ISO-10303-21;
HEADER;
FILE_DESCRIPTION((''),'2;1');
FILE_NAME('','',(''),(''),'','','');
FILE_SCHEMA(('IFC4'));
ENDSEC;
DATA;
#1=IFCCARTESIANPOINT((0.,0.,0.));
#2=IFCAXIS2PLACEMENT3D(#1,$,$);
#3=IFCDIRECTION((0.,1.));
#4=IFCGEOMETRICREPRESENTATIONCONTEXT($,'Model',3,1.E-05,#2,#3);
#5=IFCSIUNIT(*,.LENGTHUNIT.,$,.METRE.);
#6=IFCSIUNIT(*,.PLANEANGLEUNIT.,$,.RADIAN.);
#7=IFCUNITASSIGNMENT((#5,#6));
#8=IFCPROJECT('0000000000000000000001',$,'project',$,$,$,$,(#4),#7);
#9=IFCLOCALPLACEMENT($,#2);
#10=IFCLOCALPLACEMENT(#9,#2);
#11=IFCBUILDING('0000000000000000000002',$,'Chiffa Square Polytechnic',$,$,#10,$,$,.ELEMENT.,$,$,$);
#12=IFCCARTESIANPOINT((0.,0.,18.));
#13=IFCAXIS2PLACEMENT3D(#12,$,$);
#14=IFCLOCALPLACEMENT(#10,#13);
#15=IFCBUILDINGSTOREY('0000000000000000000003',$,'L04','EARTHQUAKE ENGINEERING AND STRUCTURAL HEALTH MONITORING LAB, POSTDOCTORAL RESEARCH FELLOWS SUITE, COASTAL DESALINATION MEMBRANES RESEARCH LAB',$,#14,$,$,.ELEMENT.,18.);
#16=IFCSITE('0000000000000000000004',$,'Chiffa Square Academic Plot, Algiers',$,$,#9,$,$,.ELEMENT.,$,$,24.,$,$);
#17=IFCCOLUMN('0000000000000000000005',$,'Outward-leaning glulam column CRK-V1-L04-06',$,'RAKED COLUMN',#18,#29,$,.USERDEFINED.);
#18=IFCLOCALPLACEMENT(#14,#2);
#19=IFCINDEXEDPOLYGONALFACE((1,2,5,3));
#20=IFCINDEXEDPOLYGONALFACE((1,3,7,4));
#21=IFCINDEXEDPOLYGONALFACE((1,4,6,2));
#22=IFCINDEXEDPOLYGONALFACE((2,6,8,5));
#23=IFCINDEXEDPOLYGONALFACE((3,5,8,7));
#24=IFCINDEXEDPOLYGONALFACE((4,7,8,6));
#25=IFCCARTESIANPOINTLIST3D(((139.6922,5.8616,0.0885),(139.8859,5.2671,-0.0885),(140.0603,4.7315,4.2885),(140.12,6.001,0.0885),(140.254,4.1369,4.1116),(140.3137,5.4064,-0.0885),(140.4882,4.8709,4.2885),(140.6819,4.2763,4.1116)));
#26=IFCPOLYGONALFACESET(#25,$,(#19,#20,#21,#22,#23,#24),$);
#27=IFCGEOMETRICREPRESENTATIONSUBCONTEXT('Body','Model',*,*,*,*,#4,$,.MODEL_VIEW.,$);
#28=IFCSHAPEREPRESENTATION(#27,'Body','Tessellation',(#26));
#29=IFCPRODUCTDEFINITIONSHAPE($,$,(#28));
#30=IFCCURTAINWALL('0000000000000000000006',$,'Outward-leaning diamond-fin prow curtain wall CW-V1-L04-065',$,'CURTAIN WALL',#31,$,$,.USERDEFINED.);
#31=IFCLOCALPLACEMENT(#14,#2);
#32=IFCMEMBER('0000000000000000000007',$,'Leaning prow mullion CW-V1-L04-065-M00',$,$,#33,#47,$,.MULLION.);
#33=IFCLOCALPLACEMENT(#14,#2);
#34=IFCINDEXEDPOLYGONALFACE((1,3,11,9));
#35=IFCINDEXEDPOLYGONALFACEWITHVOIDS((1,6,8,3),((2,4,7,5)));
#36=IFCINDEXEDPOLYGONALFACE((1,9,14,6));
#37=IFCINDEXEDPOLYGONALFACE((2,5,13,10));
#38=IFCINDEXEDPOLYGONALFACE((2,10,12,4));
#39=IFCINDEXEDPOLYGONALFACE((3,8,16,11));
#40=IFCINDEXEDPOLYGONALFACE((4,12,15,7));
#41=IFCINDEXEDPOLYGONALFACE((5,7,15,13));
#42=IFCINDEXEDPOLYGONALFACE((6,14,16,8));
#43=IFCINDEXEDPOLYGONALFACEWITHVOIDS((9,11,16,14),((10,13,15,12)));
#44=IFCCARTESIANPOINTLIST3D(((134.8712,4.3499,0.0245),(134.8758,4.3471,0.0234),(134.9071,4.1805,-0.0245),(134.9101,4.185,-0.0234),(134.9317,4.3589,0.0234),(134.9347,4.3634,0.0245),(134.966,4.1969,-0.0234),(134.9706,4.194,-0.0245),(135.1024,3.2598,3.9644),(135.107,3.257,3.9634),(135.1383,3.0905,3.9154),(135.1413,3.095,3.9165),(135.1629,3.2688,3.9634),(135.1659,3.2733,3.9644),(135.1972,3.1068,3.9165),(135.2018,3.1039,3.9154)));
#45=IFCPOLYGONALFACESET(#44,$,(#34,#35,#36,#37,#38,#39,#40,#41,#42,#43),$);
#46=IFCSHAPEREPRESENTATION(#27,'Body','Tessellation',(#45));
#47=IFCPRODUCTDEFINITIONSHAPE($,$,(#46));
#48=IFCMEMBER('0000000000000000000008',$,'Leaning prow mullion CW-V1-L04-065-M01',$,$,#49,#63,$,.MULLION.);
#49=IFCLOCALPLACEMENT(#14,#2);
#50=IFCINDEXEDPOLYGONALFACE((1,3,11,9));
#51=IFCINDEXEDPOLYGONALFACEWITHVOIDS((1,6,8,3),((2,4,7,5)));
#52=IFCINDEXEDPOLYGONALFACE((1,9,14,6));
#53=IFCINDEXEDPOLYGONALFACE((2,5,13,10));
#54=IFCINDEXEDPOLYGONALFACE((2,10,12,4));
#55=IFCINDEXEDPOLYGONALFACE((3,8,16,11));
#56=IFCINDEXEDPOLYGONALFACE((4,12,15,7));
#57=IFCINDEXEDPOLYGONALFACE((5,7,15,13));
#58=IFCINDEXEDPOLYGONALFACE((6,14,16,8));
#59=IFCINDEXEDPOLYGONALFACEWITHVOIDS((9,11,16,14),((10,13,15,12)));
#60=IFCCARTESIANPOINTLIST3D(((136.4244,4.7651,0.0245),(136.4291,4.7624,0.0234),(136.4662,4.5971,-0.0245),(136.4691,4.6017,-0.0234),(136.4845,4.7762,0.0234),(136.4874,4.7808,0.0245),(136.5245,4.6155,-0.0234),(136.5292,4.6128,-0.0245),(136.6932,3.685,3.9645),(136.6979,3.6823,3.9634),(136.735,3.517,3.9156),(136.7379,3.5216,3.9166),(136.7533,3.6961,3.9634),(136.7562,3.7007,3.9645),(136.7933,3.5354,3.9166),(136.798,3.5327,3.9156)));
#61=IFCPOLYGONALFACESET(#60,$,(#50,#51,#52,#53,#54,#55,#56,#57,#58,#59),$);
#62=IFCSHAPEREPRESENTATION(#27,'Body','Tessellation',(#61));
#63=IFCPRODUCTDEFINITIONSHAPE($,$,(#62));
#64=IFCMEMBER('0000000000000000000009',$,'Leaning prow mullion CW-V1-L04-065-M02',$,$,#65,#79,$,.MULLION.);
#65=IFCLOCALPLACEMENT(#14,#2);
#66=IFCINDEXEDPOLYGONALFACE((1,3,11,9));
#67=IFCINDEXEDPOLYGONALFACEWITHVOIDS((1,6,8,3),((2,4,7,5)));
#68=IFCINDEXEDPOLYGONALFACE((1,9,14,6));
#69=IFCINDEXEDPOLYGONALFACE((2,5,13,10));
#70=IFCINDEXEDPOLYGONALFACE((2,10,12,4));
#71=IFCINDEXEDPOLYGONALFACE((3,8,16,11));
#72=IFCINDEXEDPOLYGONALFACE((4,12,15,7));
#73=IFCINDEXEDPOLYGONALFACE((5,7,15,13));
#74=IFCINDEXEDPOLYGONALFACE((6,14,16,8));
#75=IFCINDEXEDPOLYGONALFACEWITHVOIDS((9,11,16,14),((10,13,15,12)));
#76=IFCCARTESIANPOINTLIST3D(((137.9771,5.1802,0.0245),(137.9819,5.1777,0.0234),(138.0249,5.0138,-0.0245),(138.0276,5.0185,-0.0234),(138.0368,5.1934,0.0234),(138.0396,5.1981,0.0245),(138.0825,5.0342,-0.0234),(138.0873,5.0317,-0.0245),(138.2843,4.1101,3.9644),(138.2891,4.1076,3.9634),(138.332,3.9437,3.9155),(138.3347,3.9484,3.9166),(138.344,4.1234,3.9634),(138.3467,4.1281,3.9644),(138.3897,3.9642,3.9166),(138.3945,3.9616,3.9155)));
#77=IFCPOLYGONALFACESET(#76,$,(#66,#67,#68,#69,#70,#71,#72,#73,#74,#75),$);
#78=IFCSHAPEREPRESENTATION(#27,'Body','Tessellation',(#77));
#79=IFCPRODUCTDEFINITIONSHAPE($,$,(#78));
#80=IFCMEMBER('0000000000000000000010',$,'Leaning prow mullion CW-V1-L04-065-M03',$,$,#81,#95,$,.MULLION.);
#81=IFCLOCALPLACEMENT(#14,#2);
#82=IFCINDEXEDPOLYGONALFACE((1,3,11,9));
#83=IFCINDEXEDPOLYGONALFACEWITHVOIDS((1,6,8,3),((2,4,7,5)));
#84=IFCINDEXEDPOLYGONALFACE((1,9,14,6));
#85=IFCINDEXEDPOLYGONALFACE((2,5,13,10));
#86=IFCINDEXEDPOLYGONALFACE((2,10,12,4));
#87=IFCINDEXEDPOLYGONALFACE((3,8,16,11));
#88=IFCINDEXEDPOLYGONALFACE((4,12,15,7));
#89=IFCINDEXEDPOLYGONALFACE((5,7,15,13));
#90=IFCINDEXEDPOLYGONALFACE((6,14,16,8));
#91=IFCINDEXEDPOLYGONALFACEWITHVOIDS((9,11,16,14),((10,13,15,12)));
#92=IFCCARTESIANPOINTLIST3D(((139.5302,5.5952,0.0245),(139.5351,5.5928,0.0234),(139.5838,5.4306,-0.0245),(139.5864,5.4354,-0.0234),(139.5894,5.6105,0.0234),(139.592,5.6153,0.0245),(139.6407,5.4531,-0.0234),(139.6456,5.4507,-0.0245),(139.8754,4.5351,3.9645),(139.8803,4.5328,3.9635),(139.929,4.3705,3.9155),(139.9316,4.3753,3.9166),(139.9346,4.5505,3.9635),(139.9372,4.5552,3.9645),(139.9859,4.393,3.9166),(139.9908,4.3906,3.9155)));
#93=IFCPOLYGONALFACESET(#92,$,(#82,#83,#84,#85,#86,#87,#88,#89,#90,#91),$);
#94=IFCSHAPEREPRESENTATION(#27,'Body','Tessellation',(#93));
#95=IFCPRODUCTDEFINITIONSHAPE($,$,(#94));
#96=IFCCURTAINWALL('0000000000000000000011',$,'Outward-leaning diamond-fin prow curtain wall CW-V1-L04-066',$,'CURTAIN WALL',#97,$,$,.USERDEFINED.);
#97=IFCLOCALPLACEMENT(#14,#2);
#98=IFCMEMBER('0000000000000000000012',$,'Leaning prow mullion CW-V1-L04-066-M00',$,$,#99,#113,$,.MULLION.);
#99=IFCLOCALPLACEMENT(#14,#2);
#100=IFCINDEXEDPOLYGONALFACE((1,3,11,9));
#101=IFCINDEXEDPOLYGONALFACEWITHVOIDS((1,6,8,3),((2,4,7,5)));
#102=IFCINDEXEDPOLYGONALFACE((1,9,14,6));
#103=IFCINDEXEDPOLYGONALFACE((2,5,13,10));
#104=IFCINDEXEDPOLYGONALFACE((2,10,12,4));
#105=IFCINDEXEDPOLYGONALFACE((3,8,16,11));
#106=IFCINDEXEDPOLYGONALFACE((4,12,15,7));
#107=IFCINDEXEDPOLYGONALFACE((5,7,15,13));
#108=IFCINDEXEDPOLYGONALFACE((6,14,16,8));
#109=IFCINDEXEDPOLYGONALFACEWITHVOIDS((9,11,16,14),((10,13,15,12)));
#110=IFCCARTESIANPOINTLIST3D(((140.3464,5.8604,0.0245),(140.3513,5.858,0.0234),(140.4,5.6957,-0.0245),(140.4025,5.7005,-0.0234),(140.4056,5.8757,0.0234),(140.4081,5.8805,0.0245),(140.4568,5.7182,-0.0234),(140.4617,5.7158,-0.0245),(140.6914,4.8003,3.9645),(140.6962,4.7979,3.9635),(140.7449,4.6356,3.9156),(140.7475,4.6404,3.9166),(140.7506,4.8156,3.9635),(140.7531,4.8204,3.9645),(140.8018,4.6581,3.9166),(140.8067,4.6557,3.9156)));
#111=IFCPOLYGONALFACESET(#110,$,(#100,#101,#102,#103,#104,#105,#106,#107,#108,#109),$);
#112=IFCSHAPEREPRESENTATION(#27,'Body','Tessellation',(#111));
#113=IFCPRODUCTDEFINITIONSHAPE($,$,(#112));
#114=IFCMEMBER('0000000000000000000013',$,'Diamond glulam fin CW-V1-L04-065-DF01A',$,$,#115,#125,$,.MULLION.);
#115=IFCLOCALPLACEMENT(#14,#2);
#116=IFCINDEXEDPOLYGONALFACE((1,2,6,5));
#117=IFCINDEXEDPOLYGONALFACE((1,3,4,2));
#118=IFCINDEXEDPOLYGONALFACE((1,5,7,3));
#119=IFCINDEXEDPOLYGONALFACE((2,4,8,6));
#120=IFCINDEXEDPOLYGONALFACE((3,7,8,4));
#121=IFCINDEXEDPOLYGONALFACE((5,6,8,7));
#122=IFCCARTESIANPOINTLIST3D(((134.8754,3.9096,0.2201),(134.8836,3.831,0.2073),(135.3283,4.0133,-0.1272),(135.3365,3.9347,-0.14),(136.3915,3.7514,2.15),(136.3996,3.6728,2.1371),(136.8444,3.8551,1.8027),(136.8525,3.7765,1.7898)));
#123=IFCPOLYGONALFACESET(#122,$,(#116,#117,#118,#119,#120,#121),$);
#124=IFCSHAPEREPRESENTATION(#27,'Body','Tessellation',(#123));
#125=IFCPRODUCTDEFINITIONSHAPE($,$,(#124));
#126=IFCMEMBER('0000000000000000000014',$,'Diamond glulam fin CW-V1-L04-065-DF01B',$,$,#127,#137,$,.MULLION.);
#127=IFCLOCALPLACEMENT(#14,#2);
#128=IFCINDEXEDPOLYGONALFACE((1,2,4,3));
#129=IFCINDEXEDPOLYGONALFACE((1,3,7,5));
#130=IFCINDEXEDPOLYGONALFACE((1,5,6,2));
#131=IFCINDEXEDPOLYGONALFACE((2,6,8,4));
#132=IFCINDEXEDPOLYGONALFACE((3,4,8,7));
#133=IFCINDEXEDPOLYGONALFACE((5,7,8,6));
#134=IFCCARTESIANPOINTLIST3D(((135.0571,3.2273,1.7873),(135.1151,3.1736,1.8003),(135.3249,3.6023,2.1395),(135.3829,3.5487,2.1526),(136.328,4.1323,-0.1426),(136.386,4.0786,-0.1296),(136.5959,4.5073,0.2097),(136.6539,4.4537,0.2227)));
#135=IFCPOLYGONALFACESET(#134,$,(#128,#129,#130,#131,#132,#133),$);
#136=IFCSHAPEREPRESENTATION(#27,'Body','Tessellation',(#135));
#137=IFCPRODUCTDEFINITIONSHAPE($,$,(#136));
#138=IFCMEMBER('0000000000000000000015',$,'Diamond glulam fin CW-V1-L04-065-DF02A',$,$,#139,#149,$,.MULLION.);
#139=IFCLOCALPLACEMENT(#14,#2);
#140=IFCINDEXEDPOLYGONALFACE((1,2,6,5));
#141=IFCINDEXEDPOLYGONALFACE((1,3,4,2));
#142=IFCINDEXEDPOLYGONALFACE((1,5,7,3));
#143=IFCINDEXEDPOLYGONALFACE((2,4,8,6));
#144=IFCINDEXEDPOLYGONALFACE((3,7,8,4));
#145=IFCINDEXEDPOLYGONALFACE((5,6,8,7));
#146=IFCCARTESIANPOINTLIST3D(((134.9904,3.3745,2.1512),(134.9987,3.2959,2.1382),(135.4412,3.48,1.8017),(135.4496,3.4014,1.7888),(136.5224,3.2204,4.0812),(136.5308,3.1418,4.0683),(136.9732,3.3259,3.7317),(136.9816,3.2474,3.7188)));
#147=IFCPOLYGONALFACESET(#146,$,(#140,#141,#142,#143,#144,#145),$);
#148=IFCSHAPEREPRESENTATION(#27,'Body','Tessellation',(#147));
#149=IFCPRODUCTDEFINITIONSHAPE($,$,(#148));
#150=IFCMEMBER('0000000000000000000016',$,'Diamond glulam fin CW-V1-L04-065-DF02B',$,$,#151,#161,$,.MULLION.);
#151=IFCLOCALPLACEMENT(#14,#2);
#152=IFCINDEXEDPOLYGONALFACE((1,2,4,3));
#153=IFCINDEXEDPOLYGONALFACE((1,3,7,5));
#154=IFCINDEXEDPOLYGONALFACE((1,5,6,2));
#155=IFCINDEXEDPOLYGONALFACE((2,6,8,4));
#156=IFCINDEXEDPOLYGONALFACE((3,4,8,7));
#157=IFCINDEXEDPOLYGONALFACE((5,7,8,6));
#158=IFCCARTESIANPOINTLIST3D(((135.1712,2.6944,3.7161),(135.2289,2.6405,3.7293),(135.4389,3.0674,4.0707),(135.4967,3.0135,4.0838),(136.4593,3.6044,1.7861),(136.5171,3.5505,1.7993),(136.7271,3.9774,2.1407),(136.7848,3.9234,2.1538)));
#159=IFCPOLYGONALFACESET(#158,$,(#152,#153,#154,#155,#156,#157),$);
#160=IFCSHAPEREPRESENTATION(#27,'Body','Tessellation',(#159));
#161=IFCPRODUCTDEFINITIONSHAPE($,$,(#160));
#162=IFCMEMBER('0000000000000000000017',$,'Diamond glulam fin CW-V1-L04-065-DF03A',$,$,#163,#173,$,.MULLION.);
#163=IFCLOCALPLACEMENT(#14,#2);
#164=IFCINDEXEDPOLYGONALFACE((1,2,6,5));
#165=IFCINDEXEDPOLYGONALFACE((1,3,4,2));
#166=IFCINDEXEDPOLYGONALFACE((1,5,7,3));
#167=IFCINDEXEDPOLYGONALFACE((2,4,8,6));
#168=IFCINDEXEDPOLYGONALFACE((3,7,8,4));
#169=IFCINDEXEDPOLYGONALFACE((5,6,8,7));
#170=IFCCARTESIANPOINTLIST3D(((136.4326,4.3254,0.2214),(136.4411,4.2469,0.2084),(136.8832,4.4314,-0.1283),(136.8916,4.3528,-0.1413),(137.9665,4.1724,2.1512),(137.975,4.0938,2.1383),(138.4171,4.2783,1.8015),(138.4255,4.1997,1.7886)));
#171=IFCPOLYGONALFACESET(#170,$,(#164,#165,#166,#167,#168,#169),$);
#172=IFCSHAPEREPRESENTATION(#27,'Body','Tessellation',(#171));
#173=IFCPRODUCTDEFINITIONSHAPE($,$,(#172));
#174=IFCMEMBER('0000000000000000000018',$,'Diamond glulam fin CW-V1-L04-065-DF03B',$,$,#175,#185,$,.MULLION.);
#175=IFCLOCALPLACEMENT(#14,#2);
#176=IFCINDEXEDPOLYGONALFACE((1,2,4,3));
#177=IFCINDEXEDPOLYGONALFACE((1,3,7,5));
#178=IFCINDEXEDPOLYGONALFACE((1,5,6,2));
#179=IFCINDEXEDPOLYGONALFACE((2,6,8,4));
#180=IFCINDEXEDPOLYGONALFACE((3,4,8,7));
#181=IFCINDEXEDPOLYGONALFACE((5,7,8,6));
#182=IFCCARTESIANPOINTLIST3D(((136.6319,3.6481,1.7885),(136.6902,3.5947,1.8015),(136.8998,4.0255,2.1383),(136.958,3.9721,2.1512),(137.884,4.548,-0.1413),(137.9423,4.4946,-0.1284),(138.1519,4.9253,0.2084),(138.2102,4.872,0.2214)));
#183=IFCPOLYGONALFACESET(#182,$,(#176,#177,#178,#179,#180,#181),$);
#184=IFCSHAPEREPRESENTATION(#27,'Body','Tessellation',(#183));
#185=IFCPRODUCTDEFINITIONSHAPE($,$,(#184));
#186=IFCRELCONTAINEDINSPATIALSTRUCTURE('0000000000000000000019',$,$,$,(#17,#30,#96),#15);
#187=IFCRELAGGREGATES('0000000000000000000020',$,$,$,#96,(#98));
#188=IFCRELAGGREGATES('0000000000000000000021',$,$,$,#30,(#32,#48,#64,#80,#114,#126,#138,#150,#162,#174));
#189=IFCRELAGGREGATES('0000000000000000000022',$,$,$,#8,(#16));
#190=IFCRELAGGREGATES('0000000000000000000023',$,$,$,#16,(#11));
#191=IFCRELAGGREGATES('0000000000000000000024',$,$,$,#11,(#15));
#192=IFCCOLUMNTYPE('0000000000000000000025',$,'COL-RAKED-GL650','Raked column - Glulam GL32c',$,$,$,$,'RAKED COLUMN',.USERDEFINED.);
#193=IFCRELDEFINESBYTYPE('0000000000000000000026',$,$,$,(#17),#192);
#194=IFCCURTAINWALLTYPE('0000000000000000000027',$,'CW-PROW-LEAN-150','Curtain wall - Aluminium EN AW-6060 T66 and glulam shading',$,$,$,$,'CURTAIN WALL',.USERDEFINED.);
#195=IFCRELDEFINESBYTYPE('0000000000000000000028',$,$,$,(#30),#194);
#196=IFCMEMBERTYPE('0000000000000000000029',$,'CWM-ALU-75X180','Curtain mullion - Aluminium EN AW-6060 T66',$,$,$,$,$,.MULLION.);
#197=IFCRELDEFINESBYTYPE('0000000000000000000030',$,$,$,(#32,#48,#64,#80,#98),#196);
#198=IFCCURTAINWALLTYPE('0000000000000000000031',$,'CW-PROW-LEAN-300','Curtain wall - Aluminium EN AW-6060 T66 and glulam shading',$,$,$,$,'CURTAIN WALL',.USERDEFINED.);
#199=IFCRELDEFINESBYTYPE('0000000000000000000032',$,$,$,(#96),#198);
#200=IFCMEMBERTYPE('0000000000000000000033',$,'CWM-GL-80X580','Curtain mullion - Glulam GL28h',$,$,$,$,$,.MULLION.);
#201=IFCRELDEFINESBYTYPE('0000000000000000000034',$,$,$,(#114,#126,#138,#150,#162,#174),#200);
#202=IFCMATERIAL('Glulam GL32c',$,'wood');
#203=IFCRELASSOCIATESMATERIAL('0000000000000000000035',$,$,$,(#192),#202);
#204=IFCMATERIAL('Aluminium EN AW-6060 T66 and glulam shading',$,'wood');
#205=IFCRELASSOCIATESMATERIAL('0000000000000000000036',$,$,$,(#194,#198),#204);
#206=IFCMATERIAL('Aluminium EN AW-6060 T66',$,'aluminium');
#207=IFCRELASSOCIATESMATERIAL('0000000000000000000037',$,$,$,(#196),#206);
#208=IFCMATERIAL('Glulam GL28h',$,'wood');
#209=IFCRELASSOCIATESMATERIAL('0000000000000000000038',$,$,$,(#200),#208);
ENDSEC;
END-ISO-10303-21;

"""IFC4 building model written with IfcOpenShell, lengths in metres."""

from ifc_helpers import new_model, si_unit, direction, frame, origin, origin_2d, place, context, subcontext, project, spatial, rectangle, hollow_rectangle, extrude, material, material_profile, profile_set, type_object, element, aggregate, save


model = new_model("IFC4")

# Units and contexts
model_context = context("Model", 3, precision=1e-05, world=origin(), true_north=direction((0.0, 1.0)))
body_context = subcontext(model_context, "Body", "Model", "MODEL_VIEW")
ifc_project = project(units=[si_unit("LENGTHUNIT", "METRE"), si_unit("PLANEANGLEUNIT", "RADIAN")], contexts=[model_context])

# Site, building, storey
site_placement = place(None, origin())
site = spatial("IfcSite", under=ifc_project, at=site_placement, Name="Chiffa Square Academic Plot, Algiers", CompositionType="ELEMENT", RefElevation=24.0)
building_placement = place(site_placement, origin())
building = spatial("IfcBuilding", under=site, at=building_placement, Name="Chiffa Square Polytechnic", CompositionType="ELEMENT")
storey_placement = place(building_placement, frame((0.0, 0.0, 18.0)))
storey = spatial("IfcBuildingStorey", under=building, at=storey_placement, Name="L04", Description="EARTHQUAKE ENGINEERING AND STRUCTURAL HEALTH MONITORING LAB, POSTDOCTORAL RESEARCH FELLOWS SUITE, COASTAL DESALINATION MEMBRANES RESEARCH LAB", CompositionType="ELEMENT", Elevation=18.0)

# Column
ifc_material_1 = material(Name="Glulam GL32c", Category="wood")
ifc_material_profile_1 = material_profile(ifc_material_1, rectangle(XDim=0.45, YDim=0.6499, at=origin_2d()), Name="GL32c 450x650")
ifc_profile_set_1 = profile_set([ifc_material_profile_1], Name="Glulam GL32c")
column_type = type_object("IfcColumnType", Name="COL-RAKED-GL650", Description="Raked column - Glulam GL32c", ElementType="RAKED COLUMN", PredefinedType="USERDEFINED", material=ifc_profile_set_1)
column_placement = place(storey_placement, frame((140.0029, 5.634, 0.0), z_axis=(0.084347, -0.258913, 0.962211), x_axis=(0.950818, 0.30975, 0.0)))
element("IfcColumn", 1, at=column_placement, inside=storey, type_object=column_type, Name="Outward-leaning glulam column CRK-V1-L04-06", ObjectType="RAKED COLUMN", PredefinedType="USERDEFINED", context=body_context, shape_type="SweptSolid", body=[
    extrude(rectangle(XDim=0.45, YDim=0.6499, at=origin_2d()), origin(), (0.0, 0.0, 1.0), 4.365),
])

# Curtain wall, members
ifc_material_2 = material(Name="Aluminium EN AW-6060 T66 and glulam shading", Category="wood")
curtain_wall_type_1 = type_object("IfcCurtainWallType", Name="CW-PROW-LEAN-150", Description="Curtain wall - Aluminium EN AW-6060 T66 and glulam shading", ElementType="CURTAIN WALL", PredefinedType="USERDEFINED", material=ifc_material_2)
curtain_wall_1_placement = place(storey_placement, origin())
curtain_wall_1 = element("IfcCurtainWall", 2, at=curtain_wall_1_placement, inside=storey, type_object=curtain_wall_type_1, Name="Outward-leaning diamond-fin prow curtain wall CW-V1-L04-065", ObjectType="CURTAIN WALL", PredefinedType="USERDEFINED")
ifc_material_3 = material(Name="Aluminium EN AW-6060 T66", Category="aluminium")
ifc_material_profile_2 = material_profile(ifc_material_3, hollow_rectangle(XDim=0.0649, YDim=0.1799, WallThickness=0.0039, at=origin_2d()), Name="ALU 65x180x4")
ifc_profile_set_2 = profile_set([ifc_material_profile_2], Name="Aluminium EN AW-6060 T66")
member_type_1 = type_object("IfcMemberType", Name="CWM-ALU-75X180", Description="Curtain mullion - Aluminium EN AW-6060 T66", PredefinedType="MULLION", material=ifc_profile_set_2)
member_1_placement = place(storey_placement, frame((134.9209, 4.272, 0.0), z_axis=(0.056466, -0.266233, 0.962253), x_axis=(0.97824, 0.207479, 0.0)))
member_1 = element("IfcMember", 3, at=member_1_placement, type_object=member_type_1, Name="Leaning prow mullion CW-V1-L04-065-M00", PredefinedType="MULLION", context=body_context, shape_type="SweptSolid", body=[
    extrude(hollow_rectangle(XDim=0.0649, YDim=0.1799, WallThickness=0.0039, at=origin_2d()), origin(), (0.0, 0.0, 1.0), 4.0945),
])
member_2_placement = place(storey_placement, frame((136.4768, 4.689, 0.0), z_axis=(0.065655, -0.263811, 0.962337), x_axis=(0.9704, 0.241503, 0.0)))
member_2 = element("IfcMember", 4, at=member_2_placement, type_object=member_type_1, Name="Leaning prow mullion CW-V1-L04-065-M01", PredefinedType="MULLION", context=body_context, shape_type="SweptSolid", body=[
    extrude(hollow_rectangle(XDim=0.0649, YDim=0.1799, WallThickness=0.0039, at=origin_2d()), origin(), (0.0, 0.0, 1.0), 4.0942),
])
member_3_placement = place(storey_placement, frame((138.0322, 5.106, 0.0), z_axis=(0.075016, -0.261362, 0.962322), x_axis=(0.961192, 0.275879, 0.0)))
member_3 = element("IfcMember", 5, at=member_3_placement, type_object=member_type_1, Name="Leaning prow mullion CW-V1-L04-065-M02", PredefinedType="MULLION", context=body_context, shape_type="SweptSolid", body=[
    extrude(hollow_rectangle(XDim=0.0649, YDim=0.1799, WallThickness=0.0039, at=origin_2d()), origin(), (0.0, 0.0, 1.0), 4.0942),
])
member_4_placement = place(storey_placement, frame((139.5879, 5.5229, 0.0), z_axis=(0.084309, -0.25889, 0.96222), x_axis=(0.95085, 0.309651, 0.0)))
member_4 = element("IfcMember", 6, at=member_4_placement, type_object=member_type_1, Name="Leaning prow mullion CW-V1-L04-065-M03", PredefinedType="MULLION", context=body_context, shape_type="SweptSolid", body=[
    extrude(hollow_rectangle(XDim=0.0649, YDim=0.1799, WallThickness=0.0039, at=origin_2d()), origin(), (0.0, 0.0, 1.0), 4.0947),
])

# Curtain wall, member
curtain_wall_type_2 = type_object("IfcCurtainWallType", Name="CW-PROW-LEAN-300", Description="Curtain wall - Aluminium EN AW-6060 T66 and glulam shading", ElementType="CURTAIN WALL", PredefinedType="USERDEFINED", material=ifc_material_2)
curtain_wall_2_placement = place(storey_placement, origin())
curtain_wall_2 = element("IfcCurtainWall", 7, at=curtain_wall_2_placement, inside=storey, type_object=curtain_wall_type_2, Name="Outward-leaning diamond-fin prow curtain wall CW-V1-L04-066", ObjectType="CURTAIN WALL", PredefinedType="USERDEFINED")
member_5_placement = place(storey_placement, frame((140.4041, 5.7881, 0.0), z_axis=(0.08425, -0.258891, 0.962225), x_axis=(0.950915, 0.309453, 0.0)))
member_5 = element("IfcMember", 8, at=member_5_placement, type_object=member_type_1, Name="Leaning prow mullion CW-V1-L04-066-M00", PredefinedType="MULLION", context=body_context, shape_type="SweptSolid", body=[
    extrude(hollow_rectangle(XDim=0.0649, YDim=0.1799, WallThickness=0.0039, at=origin_2d()), origin(), (0.0, 0.0, 1.0), 4.0947),
])

# Members
ifc_material_4 = material(Name="Glulam GL28h", Category="wood")
ifc_material_profile_3 = material_profile(ifc_material_4, rectangle(XDim=0.0801, YDim=0.5801, at=origin_2d()), Name="GL28h 80x580")
ifc_profile_set_3 = profile_set([ifc_material_profile_3], Name="Glulam GL28h")
member_type_2 = type_object("IfcMemberType", Name="CWM-GL-80X580", Description="Curtain mullion - Glulam GL28h", PredefinedType="MULLION", material=ifc_profile_set_3)
member_6_placement = place(storey_placement, frame((135.106, 3.9221, 0.04), z_axis=(0.616476, -0.064328, 0.784741), x_axis=(-0.101761, 0.981789, 0.160422)))
member_6 = element("IfcMember", 9, at=member_6_placement, type_object=member_type_2, Name="Diamond glulam fin CW-V1-L04-065-DF01A", PredefinedType="MULLION", context=body_context, shape_type="SweptSolid", body=[
    extrude(rectangle(XDim=0.0801, YDim=0.5801, at=origin_2d()), origin(), (0.0, 0.0, 1.0), 2.4592),
])
member_7_placement = place(storey_placement, frame((136.491, 4.293, 0.04), z_axis=(-0.512134, -0.364672, 0.777646), x_axis=(0.724226, -0.670088, 0.16272)))
member_7 = element("IfcMember", 10, at=member_7_placement, type_object=member_type_2, Name="Diamond glulam fin CW-V1-L04-065-DF01B", PredefinedType="MULLION", context=body_context, shape_type="SweptSolid", body=[
    extrude(rectangle(XDim=0.0801, YDim=0.5801, at=origin_2d()), origin(), (0.0, 0.0, 1.0), 2.4817),
])
member_8_placement = place(storey_placement, frame((135.22, 3.3879, 1.97), z_axis=(0.620519, -0.062398, 0.781705), x_axis=(-0.104661, 0.981322, 0.161412)))
member_8 = element("IfcMember", 11, at=member_8_placement, type_object=member_type_2, Name="Diamond glulam fin CW-V1-L04-065-DF02A", PredefinedType="MULLION", context=body_context, shape_type="SweptSolid", body=[
    extrude(rectangle(XDim=0.0801, YDim=0.5801, at=origin_2d()), origin(), (0.0, 0.0, 1.0), 2.469),
])
member_9_placement = place(storey_placement, frame((136.6221, 3.7639, 1.97), z_axis=(-0.516819, -0.365084, 0.774346), x_axis=(0.721002, -0.673302, 0.163771)))
member_9 = element("IfcMember", 12, at=member_9_placement, type_object=member_type_2, Name="Diamond glulam fin CW-V1-L04-065-DF02B", PredefinedType="MULLION", context=body_context, shape_type="SweptSolid", body=[
    extrude(rectangle(XDim=0.0801, YDim=0.5801, at=origin_2d()), origin(), (0.0, 0.0, 1.0), 2.4924),
])
member_10_placement = place(storey_placement, frame((136.6621, 4.3391, 0.04), z_axis=(0.62102, -0.061974, 0.781341), x_axis=(-0.10531, 0.981233, 0.16153)))
member_10 = element("IfcMember", 13, at=member_10_placement, type_object=member_type_2, Name="Diamond glulam fin CW-V1-L04-065-DF03A", PredefinedType="MULLION", context=body_context, shape_type="SweptSolid", body=[
    extrude(rectangle(XDim=0.0801, YDim=0.5801, at=origin_2d()), origin(), (0.0, 0.0, 1.0), 2.47),
])
member_11_placement = place(storey_placement, frame((138.0471, 4.71, 0.04), z_axis=(-0.506898, -0.364286, 0.781249), x_axis=(0.7279, -0.666378, 0.16156)))
member_11 = element("IfcMember", 14, at=member_11_placement, type_object=member_type_2, Name="Diamond glulam fin CW-V1-L04-065-DF03B", PredefinedType="MULLION", context=body_context, shape_type="SweptSolid", body=[
    extrude(rectangle(XDim=0.0801, YDim=0.5801, at=origin_2d()), origin(), (0.0, 0.0, 1.0), 2.4702),
])

aggregate(curtain_wall_2, [member_5])
aggregate(curtain_wall_1, [member_1, member_2, member_3, member_4, member_6, member_7, member_8, member_9, member_10, member_11])

save(model, "model.ifc")
